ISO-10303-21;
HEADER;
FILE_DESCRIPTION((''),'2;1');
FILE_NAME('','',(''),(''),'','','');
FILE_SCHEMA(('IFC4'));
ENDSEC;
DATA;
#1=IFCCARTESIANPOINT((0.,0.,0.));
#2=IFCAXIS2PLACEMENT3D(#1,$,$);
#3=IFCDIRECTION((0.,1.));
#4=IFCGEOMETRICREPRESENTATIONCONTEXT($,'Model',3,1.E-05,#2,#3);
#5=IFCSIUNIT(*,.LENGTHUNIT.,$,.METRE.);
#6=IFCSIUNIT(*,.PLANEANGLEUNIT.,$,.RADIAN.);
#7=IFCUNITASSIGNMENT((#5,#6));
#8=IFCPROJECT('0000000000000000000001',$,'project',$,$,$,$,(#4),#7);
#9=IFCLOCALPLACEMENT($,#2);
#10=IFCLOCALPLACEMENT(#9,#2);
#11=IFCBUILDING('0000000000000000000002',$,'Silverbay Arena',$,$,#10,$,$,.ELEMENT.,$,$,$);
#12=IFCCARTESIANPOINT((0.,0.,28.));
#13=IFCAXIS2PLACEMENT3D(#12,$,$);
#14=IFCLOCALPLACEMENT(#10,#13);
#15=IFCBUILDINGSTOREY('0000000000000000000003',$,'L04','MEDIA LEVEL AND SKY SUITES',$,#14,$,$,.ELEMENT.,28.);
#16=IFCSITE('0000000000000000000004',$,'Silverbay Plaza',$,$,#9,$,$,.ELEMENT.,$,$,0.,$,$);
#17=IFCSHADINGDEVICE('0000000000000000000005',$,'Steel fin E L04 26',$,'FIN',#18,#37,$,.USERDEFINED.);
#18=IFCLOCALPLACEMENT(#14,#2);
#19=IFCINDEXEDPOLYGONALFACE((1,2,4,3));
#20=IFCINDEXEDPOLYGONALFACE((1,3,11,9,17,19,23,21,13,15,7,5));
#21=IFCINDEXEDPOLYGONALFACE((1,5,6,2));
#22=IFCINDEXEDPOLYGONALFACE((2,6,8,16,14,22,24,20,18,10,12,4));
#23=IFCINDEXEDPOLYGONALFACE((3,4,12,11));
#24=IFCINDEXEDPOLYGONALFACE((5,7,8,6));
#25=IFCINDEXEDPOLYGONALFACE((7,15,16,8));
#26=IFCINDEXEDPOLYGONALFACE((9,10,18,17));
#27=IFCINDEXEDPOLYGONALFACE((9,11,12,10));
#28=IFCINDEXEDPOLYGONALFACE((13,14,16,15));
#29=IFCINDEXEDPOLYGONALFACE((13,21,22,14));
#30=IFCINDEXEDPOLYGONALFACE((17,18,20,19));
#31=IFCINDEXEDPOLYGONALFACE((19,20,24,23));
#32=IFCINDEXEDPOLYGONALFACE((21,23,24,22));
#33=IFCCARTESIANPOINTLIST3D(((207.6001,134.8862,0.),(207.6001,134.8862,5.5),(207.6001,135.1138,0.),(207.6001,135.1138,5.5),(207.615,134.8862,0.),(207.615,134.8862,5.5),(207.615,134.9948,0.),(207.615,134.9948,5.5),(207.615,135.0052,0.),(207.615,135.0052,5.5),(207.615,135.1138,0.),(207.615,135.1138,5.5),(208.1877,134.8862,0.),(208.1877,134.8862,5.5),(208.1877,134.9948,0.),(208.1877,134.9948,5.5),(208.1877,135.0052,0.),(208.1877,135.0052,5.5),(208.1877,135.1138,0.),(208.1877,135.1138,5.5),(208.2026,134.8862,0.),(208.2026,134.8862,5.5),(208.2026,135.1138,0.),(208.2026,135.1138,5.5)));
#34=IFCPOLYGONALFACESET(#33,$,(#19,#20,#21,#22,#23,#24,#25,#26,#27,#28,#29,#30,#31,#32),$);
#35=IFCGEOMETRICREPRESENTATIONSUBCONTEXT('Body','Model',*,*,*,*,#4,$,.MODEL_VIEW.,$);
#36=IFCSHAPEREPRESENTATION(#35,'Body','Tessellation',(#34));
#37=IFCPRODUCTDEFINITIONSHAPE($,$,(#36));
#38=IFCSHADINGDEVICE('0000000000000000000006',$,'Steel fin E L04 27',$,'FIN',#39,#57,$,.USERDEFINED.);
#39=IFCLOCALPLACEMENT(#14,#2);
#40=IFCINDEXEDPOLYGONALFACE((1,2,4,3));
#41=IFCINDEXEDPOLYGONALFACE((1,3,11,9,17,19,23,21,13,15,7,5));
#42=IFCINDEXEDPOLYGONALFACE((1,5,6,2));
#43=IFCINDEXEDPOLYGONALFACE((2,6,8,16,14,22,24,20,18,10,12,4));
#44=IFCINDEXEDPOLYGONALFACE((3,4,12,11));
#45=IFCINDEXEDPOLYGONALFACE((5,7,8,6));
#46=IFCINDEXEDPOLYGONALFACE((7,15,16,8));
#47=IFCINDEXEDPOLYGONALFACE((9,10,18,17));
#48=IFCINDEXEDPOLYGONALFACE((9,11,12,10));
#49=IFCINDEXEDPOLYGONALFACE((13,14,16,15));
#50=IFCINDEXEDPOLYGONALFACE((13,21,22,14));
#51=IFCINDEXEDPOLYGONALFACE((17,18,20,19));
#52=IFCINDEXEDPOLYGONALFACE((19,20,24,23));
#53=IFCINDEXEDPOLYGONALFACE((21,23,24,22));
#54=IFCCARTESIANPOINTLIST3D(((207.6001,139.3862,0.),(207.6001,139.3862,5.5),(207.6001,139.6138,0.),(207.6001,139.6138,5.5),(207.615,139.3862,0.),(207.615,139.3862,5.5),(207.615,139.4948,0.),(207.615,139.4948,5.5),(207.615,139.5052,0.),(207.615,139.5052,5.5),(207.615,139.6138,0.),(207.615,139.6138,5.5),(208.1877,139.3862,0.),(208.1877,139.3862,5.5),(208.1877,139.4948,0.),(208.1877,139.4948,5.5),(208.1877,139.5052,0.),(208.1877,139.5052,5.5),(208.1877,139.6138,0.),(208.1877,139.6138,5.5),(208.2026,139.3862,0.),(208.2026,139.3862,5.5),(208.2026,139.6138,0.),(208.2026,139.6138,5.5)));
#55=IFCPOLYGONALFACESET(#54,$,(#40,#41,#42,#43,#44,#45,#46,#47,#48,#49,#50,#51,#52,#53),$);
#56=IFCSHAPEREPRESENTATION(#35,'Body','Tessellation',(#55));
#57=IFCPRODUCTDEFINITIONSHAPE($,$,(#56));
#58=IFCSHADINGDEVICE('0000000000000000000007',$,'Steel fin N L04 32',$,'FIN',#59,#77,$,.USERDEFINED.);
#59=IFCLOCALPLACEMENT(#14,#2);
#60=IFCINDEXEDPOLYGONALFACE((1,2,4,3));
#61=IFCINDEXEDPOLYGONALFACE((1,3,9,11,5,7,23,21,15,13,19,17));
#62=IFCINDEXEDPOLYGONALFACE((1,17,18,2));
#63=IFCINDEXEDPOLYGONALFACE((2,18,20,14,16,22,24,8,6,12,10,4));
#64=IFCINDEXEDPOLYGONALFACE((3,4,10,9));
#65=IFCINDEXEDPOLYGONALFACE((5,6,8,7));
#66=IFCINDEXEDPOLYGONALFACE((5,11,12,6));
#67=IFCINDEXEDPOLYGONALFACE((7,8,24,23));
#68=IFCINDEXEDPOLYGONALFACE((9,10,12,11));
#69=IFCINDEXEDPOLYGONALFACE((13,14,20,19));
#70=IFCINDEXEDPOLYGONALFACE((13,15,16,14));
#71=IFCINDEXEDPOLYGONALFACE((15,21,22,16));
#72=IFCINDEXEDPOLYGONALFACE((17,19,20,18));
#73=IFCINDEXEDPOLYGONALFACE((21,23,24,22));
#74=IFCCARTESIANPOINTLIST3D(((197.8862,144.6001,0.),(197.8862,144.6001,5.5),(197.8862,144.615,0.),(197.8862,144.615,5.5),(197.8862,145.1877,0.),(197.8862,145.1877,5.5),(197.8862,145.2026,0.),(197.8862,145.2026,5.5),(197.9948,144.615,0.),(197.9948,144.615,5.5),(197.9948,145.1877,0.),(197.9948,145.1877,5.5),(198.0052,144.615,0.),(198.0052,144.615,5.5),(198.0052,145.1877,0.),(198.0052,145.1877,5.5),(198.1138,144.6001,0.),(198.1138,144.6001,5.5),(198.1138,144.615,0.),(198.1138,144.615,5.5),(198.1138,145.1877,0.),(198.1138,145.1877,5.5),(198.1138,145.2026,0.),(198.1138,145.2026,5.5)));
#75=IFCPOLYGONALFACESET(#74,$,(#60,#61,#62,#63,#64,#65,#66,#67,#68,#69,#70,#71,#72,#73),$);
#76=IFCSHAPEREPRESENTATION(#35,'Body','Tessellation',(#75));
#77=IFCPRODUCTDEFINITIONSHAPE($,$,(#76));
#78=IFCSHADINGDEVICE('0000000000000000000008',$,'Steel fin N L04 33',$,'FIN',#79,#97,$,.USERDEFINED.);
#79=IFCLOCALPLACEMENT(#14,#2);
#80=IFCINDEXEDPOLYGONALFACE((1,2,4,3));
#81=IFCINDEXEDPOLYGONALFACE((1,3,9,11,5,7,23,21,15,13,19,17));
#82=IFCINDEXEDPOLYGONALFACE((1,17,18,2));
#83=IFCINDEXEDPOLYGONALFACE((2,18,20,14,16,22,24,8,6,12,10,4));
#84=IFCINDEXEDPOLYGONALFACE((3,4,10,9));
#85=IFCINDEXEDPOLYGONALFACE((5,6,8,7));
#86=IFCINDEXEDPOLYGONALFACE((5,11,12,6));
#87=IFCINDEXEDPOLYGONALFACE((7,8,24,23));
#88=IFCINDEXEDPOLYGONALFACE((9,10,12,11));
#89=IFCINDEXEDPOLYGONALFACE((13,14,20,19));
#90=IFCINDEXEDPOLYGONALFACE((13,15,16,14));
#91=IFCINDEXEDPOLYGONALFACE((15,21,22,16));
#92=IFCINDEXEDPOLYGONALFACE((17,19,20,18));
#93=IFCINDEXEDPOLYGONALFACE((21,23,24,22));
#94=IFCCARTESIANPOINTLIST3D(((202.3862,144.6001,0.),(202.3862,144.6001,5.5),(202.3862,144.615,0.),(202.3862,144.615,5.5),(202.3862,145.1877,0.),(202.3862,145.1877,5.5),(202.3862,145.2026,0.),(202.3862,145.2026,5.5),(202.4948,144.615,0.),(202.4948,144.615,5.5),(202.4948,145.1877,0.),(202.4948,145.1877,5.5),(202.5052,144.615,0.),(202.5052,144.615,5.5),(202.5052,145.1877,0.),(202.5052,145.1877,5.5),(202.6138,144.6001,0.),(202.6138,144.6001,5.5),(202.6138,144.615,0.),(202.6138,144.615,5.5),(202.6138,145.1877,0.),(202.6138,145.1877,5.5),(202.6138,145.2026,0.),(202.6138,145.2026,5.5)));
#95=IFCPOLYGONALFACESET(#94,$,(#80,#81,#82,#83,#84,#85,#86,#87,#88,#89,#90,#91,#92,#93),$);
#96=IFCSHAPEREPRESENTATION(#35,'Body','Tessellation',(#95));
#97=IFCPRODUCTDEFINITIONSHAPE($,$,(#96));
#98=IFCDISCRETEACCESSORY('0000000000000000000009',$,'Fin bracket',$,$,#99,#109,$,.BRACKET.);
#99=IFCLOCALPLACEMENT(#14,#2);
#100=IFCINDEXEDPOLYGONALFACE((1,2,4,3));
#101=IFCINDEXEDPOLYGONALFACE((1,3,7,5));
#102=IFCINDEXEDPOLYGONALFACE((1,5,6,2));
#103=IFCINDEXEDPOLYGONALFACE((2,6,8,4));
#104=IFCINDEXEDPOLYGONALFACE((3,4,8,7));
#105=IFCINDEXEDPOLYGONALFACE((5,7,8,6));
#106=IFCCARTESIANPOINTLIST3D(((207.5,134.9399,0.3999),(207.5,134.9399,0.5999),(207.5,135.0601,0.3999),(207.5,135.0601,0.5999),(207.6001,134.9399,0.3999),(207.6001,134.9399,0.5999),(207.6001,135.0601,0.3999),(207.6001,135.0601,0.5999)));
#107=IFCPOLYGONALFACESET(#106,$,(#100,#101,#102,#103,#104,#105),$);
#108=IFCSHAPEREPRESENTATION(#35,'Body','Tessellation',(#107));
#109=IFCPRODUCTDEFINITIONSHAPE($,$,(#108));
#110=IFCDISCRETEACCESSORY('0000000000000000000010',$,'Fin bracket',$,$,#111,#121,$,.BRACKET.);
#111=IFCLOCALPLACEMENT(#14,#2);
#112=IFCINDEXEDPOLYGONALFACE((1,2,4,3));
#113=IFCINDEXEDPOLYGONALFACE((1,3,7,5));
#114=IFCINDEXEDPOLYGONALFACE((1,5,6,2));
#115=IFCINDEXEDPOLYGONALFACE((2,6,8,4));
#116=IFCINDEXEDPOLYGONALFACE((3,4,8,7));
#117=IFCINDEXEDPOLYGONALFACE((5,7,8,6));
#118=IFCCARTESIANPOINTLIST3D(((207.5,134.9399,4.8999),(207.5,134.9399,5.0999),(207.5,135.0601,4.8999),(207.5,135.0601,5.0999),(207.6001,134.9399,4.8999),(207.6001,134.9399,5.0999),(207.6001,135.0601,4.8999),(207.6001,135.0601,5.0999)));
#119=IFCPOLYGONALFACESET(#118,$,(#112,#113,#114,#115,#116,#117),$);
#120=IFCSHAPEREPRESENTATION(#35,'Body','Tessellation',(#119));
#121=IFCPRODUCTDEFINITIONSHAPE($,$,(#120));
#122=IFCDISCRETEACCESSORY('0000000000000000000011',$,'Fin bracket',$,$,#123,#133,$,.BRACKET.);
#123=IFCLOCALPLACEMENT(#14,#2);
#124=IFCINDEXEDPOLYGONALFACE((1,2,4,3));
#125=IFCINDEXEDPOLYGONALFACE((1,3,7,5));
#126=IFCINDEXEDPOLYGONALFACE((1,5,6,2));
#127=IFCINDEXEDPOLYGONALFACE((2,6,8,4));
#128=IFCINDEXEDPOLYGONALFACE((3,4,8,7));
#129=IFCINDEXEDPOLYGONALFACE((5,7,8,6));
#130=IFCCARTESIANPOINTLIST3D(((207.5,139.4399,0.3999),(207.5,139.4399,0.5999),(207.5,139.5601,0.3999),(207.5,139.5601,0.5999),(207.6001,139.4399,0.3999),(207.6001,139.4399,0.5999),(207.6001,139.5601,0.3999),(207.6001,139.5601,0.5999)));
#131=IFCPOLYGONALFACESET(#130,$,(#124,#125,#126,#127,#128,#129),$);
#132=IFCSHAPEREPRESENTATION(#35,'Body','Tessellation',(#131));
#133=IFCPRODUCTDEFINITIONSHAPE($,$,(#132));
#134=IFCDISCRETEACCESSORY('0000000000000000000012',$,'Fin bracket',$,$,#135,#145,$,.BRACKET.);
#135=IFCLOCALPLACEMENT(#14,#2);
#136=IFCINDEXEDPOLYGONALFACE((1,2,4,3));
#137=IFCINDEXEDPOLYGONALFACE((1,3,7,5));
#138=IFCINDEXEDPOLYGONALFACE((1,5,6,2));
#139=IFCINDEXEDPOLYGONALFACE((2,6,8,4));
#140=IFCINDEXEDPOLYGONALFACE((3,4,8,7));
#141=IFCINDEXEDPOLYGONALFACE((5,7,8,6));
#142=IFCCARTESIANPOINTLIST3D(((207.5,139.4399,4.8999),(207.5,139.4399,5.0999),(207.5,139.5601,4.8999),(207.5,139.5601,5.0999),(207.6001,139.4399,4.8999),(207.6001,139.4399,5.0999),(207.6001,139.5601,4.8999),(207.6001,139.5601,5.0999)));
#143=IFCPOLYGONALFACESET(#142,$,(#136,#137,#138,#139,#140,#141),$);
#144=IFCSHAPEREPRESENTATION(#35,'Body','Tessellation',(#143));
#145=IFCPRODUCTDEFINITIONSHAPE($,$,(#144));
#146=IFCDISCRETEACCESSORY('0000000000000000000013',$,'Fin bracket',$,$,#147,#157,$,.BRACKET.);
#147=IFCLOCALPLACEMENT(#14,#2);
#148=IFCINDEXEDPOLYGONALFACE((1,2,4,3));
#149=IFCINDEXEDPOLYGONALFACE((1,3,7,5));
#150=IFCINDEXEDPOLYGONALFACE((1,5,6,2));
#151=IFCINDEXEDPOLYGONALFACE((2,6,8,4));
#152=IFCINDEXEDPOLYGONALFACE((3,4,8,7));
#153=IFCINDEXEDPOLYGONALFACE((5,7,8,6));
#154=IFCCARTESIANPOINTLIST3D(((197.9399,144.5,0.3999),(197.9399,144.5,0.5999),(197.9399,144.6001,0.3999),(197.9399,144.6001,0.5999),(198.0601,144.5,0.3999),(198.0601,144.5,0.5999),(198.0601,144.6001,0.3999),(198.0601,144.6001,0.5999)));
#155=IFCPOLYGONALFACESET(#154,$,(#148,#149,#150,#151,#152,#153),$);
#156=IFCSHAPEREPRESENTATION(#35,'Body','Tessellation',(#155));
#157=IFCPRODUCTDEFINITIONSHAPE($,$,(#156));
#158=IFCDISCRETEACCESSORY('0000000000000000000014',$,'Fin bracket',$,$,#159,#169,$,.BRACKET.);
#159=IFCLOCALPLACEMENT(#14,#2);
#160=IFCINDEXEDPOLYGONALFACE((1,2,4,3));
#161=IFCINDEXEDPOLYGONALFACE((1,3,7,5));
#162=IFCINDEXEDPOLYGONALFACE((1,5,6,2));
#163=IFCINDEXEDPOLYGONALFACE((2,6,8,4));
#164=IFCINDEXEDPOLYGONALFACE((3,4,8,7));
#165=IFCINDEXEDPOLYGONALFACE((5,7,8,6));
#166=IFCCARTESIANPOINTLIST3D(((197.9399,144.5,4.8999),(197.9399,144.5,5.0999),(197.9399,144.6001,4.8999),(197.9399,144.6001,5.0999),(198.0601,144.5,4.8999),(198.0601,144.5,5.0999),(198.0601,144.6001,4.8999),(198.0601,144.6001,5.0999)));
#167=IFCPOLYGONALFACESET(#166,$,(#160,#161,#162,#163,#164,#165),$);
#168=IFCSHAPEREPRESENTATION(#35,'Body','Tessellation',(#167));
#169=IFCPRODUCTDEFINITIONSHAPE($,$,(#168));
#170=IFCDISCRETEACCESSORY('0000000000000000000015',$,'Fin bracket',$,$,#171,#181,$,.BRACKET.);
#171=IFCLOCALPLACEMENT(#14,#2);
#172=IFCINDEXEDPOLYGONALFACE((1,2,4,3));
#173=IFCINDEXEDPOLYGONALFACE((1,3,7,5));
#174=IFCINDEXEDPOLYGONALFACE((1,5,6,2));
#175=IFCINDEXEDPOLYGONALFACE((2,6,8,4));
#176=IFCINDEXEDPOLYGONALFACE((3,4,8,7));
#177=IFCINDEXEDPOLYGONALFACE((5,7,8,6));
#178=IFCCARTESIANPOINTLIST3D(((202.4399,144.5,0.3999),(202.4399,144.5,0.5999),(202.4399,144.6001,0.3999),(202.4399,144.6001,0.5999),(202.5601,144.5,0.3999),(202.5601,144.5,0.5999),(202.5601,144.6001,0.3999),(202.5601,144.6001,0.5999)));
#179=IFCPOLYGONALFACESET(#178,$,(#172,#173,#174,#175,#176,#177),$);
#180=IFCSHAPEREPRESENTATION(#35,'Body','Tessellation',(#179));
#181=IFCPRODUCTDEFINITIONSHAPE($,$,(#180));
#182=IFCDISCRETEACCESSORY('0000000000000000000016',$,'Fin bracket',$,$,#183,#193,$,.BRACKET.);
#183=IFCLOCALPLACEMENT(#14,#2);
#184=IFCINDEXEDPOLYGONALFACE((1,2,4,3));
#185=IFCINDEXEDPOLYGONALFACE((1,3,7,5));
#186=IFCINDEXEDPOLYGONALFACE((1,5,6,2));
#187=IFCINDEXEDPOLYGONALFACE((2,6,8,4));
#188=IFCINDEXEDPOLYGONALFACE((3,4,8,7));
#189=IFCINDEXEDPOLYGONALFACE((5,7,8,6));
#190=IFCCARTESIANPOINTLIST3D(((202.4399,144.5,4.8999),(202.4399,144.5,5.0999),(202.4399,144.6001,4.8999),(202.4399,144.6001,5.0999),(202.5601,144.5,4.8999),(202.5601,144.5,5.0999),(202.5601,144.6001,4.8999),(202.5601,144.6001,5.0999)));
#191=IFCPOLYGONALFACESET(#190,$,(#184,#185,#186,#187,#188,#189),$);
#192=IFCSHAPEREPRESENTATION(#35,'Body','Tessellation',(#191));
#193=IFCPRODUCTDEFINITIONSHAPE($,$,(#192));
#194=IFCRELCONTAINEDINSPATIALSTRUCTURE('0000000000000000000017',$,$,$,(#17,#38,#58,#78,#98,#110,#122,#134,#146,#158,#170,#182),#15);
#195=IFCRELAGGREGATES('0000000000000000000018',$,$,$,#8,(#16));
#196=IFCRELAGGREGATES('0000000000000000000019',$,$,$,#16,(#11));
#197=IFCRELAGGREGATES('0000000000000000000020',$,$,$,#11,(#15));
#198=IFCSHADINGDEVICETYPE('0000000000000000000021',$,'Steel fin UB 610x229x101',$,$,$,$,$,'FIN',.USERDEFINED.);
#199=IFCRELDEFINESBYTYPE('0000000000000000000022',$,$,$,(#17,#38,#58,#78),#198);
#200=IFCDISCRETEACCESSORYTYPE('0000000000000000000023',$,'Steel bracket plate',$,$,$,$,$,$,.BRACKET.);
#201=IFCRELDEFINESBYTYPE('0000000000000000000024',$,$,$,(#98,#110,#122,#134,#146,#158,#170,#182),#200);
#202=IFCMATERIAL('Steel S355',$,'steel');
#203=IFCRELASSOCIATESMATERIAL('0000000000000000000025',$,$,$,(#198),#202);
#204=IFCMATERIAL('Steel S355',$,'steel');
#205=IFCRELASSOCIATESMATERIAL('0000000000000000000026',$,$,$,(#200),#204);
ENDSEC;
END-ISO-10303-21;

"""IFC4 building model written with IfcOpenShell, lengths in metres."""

from ifc_helpers import new_model, si_unit, direction, frame, origin, origin_2d, place, context, subcontext, project, spatial, rectangle, i_section, extrude, material, material_profile, profile_set, type_object, element, save


model = new_model("IFC4")

# Units and contexts
model_context = context("Model", 3, precision=1e-05, world=origin(), true_north=direction((0.0, 1.0)))
body_context = subcontext(model_context, "Body", "Model", "MODEL_VIEW")
ifc_project = project(units=[si_unit("LENGTHUNIT", "METRE"), si_unit("PLANEANGLEUNIT", "RADIAN")], contexts=[model_context])

# Site, building, storey
site_placement = place(None, origin())
site = spatial("IfcSite", under=ifc_project, at=site_placement, Name="Silverbay Plaza", CompositionType="ELEMENT", RefElevation=0.0)
building_placement = place(site_placement, origin())
building = spatial("IfcBuilding", under=site, at=building_placement, Name="Silverbay Arena", CompositionType="ELEMENT")
storey_placement = place(building_placement, frame((0.0, 0.0, 28.0)))
storey = spatial("IfcBuildingStorey", under=building, at=storey_placement, Name="L04", Description="MEDIA LEVEL AND SKY SUITES", CompositionType="ELEMENT", Elevation=28.0)

# Shading devices
ifc_material_1 = material(Name="Steel S355", Category="steel")
ifc_material_profile_1 = material_profile(ifc_material_1, i_section(OverallWidth=0.2275, OverallDepth=0.6025, WebThickness=0.0105, FlangeThickness=0.0149, at=origin_2d()), Name="UB 610x229x101")
ifc_profile_set_1 = profile_set([ifc_material_profile_1], Name="Steel S355")
shading_device_type = type_object("IfcShadingDeviceType", Name="Steel fin UB 610x229x101", ElementType="FIN", PredefinedType="USERDEFINED", material=ifc_profile_set_1)
for number, where, z_axis, x_axis, name in (
    (1, (207.9014, 135.0, 0.0), (0.0, 0.0, 1.0), (0.0, 1.0, 0.0), "Steel fin E L04 26"),
    (2, (207.9014, 139.5, 0.0), (0.0, 0.0, 1.0), (0.0, 1.0, 0.0), "Steel fin E L04 27"),
    (3, (198.0, 144.9014, 0.0), (0.0, 0.0, 1.0), (1.0, 0.0, 0.0), "Steel fin N L04 32"),
    (4, (202.5, 144.9014, 0.0), (0.0, 0.0, 1.0), (1.0, 0.0, 0.0), "Steel fin N L04 33"),
):
    element("IfcShadingDevice", number, at=place(storey_placement, frame(where, z_axis=z_axis, x_axis=x_axis)), inside=storey, type_object=shading_device_type, Name=name, ObjectType="FIN", PredefinedType="USERDEFINED", context=body_context, shape_type="SweptSolid", body=[
        extrude(i_section(OverallWidth=0.2275, OverallDepth=0.6025, WebThickness=0.0105, FlangeThickness=0.0149, at=origin_2d()), origin(), (0.0, 0.0, 1.0), 5.5),
    ])

# Discrete accessories
ifc_material_2 = material(Name="Steel S355", Category="steel")
discrete_accessory_type = type_object("IfcDiscreteAccessoryType", Name="Steel bracket plate", PredefinedType="BRACKET", material=ifc_material_2)
for number, where, z_axis, x_axis, name in (
    (5, (207.55, 135.0, 0.3999), (0.0, 0.0, 1.0), (1.0, 0.0, 0.0), "Fin bracket"),
    (6, (207.55, 135.0, 4.8999), (0.0, 0.0, 1.0), (1.0, 0.0, 0.0), "Fin bracket"),
    (7, (207.55, 139.5, 0.3999), (0.0, 0.0, 1.0), (1.0, 0.0, 0.0), "Fin bracket"),
    (8, (207.55, 139.5, 4.8999), (0.0, 0.0, 1.0), (1.0, 0.0, 0.0), "Fin bracket"),
):
    element("IfcDiscreteAccessory", number, at=place(storey_placement, frame(where, z_axis=z_axis, x_axis=x_axis)), inside=storey, type_object=discrete_accessory_type, Name=name, PredefinedType="BRACKET", context=body_context, shape_type="SweptSolid", body=[
        extrude(rectangle(XDim=0.1001, YDim=0.1201, at=origin_2d()), origin(), (0.0, 0.0, 1.0), 0.2),
    ])
for number, where, z_axis, x_axis, name in (
    (9, (198.0, 144.55, 0.3999), (0.0, 0.0, 1.0), (1.0, 0.0, 0.0), "Fin bracket"),
    (10, (198.0, 144.55, 4.8999), (0.0, 0.0, 1.0), (1.0, 0.0, 0.0), "Fin bracket"),
    (11, (202.5, 144.55, 0.3999), (0.0, 0.0, 1.0), (1.0, 0.0, 0.0), "Fin bracket"),
    (12, (202.5, 144.55, 4.8999), (0.0, 0.0, 1.0), (1.0, 0.0, 0.0), "Fin bracket"),
):
    element("IfcDiscreteAccessory", number, at=place(storey_placement, frame(where, z_axis=z_axis, x_axis=x_axis)), inside=storey, type_object=discrete_accessory_type, Name=name, PredefinedType="BRACKET", context=body_context, shape_type="SweptSolid", body=[
        extrude(rectangle(XDim=0.1201, YDim=0.1001, at=origin_2d()), origin(), (0.0, 0.0, 1.0), 0.2),
    ])

save(model, "model.ifc")
